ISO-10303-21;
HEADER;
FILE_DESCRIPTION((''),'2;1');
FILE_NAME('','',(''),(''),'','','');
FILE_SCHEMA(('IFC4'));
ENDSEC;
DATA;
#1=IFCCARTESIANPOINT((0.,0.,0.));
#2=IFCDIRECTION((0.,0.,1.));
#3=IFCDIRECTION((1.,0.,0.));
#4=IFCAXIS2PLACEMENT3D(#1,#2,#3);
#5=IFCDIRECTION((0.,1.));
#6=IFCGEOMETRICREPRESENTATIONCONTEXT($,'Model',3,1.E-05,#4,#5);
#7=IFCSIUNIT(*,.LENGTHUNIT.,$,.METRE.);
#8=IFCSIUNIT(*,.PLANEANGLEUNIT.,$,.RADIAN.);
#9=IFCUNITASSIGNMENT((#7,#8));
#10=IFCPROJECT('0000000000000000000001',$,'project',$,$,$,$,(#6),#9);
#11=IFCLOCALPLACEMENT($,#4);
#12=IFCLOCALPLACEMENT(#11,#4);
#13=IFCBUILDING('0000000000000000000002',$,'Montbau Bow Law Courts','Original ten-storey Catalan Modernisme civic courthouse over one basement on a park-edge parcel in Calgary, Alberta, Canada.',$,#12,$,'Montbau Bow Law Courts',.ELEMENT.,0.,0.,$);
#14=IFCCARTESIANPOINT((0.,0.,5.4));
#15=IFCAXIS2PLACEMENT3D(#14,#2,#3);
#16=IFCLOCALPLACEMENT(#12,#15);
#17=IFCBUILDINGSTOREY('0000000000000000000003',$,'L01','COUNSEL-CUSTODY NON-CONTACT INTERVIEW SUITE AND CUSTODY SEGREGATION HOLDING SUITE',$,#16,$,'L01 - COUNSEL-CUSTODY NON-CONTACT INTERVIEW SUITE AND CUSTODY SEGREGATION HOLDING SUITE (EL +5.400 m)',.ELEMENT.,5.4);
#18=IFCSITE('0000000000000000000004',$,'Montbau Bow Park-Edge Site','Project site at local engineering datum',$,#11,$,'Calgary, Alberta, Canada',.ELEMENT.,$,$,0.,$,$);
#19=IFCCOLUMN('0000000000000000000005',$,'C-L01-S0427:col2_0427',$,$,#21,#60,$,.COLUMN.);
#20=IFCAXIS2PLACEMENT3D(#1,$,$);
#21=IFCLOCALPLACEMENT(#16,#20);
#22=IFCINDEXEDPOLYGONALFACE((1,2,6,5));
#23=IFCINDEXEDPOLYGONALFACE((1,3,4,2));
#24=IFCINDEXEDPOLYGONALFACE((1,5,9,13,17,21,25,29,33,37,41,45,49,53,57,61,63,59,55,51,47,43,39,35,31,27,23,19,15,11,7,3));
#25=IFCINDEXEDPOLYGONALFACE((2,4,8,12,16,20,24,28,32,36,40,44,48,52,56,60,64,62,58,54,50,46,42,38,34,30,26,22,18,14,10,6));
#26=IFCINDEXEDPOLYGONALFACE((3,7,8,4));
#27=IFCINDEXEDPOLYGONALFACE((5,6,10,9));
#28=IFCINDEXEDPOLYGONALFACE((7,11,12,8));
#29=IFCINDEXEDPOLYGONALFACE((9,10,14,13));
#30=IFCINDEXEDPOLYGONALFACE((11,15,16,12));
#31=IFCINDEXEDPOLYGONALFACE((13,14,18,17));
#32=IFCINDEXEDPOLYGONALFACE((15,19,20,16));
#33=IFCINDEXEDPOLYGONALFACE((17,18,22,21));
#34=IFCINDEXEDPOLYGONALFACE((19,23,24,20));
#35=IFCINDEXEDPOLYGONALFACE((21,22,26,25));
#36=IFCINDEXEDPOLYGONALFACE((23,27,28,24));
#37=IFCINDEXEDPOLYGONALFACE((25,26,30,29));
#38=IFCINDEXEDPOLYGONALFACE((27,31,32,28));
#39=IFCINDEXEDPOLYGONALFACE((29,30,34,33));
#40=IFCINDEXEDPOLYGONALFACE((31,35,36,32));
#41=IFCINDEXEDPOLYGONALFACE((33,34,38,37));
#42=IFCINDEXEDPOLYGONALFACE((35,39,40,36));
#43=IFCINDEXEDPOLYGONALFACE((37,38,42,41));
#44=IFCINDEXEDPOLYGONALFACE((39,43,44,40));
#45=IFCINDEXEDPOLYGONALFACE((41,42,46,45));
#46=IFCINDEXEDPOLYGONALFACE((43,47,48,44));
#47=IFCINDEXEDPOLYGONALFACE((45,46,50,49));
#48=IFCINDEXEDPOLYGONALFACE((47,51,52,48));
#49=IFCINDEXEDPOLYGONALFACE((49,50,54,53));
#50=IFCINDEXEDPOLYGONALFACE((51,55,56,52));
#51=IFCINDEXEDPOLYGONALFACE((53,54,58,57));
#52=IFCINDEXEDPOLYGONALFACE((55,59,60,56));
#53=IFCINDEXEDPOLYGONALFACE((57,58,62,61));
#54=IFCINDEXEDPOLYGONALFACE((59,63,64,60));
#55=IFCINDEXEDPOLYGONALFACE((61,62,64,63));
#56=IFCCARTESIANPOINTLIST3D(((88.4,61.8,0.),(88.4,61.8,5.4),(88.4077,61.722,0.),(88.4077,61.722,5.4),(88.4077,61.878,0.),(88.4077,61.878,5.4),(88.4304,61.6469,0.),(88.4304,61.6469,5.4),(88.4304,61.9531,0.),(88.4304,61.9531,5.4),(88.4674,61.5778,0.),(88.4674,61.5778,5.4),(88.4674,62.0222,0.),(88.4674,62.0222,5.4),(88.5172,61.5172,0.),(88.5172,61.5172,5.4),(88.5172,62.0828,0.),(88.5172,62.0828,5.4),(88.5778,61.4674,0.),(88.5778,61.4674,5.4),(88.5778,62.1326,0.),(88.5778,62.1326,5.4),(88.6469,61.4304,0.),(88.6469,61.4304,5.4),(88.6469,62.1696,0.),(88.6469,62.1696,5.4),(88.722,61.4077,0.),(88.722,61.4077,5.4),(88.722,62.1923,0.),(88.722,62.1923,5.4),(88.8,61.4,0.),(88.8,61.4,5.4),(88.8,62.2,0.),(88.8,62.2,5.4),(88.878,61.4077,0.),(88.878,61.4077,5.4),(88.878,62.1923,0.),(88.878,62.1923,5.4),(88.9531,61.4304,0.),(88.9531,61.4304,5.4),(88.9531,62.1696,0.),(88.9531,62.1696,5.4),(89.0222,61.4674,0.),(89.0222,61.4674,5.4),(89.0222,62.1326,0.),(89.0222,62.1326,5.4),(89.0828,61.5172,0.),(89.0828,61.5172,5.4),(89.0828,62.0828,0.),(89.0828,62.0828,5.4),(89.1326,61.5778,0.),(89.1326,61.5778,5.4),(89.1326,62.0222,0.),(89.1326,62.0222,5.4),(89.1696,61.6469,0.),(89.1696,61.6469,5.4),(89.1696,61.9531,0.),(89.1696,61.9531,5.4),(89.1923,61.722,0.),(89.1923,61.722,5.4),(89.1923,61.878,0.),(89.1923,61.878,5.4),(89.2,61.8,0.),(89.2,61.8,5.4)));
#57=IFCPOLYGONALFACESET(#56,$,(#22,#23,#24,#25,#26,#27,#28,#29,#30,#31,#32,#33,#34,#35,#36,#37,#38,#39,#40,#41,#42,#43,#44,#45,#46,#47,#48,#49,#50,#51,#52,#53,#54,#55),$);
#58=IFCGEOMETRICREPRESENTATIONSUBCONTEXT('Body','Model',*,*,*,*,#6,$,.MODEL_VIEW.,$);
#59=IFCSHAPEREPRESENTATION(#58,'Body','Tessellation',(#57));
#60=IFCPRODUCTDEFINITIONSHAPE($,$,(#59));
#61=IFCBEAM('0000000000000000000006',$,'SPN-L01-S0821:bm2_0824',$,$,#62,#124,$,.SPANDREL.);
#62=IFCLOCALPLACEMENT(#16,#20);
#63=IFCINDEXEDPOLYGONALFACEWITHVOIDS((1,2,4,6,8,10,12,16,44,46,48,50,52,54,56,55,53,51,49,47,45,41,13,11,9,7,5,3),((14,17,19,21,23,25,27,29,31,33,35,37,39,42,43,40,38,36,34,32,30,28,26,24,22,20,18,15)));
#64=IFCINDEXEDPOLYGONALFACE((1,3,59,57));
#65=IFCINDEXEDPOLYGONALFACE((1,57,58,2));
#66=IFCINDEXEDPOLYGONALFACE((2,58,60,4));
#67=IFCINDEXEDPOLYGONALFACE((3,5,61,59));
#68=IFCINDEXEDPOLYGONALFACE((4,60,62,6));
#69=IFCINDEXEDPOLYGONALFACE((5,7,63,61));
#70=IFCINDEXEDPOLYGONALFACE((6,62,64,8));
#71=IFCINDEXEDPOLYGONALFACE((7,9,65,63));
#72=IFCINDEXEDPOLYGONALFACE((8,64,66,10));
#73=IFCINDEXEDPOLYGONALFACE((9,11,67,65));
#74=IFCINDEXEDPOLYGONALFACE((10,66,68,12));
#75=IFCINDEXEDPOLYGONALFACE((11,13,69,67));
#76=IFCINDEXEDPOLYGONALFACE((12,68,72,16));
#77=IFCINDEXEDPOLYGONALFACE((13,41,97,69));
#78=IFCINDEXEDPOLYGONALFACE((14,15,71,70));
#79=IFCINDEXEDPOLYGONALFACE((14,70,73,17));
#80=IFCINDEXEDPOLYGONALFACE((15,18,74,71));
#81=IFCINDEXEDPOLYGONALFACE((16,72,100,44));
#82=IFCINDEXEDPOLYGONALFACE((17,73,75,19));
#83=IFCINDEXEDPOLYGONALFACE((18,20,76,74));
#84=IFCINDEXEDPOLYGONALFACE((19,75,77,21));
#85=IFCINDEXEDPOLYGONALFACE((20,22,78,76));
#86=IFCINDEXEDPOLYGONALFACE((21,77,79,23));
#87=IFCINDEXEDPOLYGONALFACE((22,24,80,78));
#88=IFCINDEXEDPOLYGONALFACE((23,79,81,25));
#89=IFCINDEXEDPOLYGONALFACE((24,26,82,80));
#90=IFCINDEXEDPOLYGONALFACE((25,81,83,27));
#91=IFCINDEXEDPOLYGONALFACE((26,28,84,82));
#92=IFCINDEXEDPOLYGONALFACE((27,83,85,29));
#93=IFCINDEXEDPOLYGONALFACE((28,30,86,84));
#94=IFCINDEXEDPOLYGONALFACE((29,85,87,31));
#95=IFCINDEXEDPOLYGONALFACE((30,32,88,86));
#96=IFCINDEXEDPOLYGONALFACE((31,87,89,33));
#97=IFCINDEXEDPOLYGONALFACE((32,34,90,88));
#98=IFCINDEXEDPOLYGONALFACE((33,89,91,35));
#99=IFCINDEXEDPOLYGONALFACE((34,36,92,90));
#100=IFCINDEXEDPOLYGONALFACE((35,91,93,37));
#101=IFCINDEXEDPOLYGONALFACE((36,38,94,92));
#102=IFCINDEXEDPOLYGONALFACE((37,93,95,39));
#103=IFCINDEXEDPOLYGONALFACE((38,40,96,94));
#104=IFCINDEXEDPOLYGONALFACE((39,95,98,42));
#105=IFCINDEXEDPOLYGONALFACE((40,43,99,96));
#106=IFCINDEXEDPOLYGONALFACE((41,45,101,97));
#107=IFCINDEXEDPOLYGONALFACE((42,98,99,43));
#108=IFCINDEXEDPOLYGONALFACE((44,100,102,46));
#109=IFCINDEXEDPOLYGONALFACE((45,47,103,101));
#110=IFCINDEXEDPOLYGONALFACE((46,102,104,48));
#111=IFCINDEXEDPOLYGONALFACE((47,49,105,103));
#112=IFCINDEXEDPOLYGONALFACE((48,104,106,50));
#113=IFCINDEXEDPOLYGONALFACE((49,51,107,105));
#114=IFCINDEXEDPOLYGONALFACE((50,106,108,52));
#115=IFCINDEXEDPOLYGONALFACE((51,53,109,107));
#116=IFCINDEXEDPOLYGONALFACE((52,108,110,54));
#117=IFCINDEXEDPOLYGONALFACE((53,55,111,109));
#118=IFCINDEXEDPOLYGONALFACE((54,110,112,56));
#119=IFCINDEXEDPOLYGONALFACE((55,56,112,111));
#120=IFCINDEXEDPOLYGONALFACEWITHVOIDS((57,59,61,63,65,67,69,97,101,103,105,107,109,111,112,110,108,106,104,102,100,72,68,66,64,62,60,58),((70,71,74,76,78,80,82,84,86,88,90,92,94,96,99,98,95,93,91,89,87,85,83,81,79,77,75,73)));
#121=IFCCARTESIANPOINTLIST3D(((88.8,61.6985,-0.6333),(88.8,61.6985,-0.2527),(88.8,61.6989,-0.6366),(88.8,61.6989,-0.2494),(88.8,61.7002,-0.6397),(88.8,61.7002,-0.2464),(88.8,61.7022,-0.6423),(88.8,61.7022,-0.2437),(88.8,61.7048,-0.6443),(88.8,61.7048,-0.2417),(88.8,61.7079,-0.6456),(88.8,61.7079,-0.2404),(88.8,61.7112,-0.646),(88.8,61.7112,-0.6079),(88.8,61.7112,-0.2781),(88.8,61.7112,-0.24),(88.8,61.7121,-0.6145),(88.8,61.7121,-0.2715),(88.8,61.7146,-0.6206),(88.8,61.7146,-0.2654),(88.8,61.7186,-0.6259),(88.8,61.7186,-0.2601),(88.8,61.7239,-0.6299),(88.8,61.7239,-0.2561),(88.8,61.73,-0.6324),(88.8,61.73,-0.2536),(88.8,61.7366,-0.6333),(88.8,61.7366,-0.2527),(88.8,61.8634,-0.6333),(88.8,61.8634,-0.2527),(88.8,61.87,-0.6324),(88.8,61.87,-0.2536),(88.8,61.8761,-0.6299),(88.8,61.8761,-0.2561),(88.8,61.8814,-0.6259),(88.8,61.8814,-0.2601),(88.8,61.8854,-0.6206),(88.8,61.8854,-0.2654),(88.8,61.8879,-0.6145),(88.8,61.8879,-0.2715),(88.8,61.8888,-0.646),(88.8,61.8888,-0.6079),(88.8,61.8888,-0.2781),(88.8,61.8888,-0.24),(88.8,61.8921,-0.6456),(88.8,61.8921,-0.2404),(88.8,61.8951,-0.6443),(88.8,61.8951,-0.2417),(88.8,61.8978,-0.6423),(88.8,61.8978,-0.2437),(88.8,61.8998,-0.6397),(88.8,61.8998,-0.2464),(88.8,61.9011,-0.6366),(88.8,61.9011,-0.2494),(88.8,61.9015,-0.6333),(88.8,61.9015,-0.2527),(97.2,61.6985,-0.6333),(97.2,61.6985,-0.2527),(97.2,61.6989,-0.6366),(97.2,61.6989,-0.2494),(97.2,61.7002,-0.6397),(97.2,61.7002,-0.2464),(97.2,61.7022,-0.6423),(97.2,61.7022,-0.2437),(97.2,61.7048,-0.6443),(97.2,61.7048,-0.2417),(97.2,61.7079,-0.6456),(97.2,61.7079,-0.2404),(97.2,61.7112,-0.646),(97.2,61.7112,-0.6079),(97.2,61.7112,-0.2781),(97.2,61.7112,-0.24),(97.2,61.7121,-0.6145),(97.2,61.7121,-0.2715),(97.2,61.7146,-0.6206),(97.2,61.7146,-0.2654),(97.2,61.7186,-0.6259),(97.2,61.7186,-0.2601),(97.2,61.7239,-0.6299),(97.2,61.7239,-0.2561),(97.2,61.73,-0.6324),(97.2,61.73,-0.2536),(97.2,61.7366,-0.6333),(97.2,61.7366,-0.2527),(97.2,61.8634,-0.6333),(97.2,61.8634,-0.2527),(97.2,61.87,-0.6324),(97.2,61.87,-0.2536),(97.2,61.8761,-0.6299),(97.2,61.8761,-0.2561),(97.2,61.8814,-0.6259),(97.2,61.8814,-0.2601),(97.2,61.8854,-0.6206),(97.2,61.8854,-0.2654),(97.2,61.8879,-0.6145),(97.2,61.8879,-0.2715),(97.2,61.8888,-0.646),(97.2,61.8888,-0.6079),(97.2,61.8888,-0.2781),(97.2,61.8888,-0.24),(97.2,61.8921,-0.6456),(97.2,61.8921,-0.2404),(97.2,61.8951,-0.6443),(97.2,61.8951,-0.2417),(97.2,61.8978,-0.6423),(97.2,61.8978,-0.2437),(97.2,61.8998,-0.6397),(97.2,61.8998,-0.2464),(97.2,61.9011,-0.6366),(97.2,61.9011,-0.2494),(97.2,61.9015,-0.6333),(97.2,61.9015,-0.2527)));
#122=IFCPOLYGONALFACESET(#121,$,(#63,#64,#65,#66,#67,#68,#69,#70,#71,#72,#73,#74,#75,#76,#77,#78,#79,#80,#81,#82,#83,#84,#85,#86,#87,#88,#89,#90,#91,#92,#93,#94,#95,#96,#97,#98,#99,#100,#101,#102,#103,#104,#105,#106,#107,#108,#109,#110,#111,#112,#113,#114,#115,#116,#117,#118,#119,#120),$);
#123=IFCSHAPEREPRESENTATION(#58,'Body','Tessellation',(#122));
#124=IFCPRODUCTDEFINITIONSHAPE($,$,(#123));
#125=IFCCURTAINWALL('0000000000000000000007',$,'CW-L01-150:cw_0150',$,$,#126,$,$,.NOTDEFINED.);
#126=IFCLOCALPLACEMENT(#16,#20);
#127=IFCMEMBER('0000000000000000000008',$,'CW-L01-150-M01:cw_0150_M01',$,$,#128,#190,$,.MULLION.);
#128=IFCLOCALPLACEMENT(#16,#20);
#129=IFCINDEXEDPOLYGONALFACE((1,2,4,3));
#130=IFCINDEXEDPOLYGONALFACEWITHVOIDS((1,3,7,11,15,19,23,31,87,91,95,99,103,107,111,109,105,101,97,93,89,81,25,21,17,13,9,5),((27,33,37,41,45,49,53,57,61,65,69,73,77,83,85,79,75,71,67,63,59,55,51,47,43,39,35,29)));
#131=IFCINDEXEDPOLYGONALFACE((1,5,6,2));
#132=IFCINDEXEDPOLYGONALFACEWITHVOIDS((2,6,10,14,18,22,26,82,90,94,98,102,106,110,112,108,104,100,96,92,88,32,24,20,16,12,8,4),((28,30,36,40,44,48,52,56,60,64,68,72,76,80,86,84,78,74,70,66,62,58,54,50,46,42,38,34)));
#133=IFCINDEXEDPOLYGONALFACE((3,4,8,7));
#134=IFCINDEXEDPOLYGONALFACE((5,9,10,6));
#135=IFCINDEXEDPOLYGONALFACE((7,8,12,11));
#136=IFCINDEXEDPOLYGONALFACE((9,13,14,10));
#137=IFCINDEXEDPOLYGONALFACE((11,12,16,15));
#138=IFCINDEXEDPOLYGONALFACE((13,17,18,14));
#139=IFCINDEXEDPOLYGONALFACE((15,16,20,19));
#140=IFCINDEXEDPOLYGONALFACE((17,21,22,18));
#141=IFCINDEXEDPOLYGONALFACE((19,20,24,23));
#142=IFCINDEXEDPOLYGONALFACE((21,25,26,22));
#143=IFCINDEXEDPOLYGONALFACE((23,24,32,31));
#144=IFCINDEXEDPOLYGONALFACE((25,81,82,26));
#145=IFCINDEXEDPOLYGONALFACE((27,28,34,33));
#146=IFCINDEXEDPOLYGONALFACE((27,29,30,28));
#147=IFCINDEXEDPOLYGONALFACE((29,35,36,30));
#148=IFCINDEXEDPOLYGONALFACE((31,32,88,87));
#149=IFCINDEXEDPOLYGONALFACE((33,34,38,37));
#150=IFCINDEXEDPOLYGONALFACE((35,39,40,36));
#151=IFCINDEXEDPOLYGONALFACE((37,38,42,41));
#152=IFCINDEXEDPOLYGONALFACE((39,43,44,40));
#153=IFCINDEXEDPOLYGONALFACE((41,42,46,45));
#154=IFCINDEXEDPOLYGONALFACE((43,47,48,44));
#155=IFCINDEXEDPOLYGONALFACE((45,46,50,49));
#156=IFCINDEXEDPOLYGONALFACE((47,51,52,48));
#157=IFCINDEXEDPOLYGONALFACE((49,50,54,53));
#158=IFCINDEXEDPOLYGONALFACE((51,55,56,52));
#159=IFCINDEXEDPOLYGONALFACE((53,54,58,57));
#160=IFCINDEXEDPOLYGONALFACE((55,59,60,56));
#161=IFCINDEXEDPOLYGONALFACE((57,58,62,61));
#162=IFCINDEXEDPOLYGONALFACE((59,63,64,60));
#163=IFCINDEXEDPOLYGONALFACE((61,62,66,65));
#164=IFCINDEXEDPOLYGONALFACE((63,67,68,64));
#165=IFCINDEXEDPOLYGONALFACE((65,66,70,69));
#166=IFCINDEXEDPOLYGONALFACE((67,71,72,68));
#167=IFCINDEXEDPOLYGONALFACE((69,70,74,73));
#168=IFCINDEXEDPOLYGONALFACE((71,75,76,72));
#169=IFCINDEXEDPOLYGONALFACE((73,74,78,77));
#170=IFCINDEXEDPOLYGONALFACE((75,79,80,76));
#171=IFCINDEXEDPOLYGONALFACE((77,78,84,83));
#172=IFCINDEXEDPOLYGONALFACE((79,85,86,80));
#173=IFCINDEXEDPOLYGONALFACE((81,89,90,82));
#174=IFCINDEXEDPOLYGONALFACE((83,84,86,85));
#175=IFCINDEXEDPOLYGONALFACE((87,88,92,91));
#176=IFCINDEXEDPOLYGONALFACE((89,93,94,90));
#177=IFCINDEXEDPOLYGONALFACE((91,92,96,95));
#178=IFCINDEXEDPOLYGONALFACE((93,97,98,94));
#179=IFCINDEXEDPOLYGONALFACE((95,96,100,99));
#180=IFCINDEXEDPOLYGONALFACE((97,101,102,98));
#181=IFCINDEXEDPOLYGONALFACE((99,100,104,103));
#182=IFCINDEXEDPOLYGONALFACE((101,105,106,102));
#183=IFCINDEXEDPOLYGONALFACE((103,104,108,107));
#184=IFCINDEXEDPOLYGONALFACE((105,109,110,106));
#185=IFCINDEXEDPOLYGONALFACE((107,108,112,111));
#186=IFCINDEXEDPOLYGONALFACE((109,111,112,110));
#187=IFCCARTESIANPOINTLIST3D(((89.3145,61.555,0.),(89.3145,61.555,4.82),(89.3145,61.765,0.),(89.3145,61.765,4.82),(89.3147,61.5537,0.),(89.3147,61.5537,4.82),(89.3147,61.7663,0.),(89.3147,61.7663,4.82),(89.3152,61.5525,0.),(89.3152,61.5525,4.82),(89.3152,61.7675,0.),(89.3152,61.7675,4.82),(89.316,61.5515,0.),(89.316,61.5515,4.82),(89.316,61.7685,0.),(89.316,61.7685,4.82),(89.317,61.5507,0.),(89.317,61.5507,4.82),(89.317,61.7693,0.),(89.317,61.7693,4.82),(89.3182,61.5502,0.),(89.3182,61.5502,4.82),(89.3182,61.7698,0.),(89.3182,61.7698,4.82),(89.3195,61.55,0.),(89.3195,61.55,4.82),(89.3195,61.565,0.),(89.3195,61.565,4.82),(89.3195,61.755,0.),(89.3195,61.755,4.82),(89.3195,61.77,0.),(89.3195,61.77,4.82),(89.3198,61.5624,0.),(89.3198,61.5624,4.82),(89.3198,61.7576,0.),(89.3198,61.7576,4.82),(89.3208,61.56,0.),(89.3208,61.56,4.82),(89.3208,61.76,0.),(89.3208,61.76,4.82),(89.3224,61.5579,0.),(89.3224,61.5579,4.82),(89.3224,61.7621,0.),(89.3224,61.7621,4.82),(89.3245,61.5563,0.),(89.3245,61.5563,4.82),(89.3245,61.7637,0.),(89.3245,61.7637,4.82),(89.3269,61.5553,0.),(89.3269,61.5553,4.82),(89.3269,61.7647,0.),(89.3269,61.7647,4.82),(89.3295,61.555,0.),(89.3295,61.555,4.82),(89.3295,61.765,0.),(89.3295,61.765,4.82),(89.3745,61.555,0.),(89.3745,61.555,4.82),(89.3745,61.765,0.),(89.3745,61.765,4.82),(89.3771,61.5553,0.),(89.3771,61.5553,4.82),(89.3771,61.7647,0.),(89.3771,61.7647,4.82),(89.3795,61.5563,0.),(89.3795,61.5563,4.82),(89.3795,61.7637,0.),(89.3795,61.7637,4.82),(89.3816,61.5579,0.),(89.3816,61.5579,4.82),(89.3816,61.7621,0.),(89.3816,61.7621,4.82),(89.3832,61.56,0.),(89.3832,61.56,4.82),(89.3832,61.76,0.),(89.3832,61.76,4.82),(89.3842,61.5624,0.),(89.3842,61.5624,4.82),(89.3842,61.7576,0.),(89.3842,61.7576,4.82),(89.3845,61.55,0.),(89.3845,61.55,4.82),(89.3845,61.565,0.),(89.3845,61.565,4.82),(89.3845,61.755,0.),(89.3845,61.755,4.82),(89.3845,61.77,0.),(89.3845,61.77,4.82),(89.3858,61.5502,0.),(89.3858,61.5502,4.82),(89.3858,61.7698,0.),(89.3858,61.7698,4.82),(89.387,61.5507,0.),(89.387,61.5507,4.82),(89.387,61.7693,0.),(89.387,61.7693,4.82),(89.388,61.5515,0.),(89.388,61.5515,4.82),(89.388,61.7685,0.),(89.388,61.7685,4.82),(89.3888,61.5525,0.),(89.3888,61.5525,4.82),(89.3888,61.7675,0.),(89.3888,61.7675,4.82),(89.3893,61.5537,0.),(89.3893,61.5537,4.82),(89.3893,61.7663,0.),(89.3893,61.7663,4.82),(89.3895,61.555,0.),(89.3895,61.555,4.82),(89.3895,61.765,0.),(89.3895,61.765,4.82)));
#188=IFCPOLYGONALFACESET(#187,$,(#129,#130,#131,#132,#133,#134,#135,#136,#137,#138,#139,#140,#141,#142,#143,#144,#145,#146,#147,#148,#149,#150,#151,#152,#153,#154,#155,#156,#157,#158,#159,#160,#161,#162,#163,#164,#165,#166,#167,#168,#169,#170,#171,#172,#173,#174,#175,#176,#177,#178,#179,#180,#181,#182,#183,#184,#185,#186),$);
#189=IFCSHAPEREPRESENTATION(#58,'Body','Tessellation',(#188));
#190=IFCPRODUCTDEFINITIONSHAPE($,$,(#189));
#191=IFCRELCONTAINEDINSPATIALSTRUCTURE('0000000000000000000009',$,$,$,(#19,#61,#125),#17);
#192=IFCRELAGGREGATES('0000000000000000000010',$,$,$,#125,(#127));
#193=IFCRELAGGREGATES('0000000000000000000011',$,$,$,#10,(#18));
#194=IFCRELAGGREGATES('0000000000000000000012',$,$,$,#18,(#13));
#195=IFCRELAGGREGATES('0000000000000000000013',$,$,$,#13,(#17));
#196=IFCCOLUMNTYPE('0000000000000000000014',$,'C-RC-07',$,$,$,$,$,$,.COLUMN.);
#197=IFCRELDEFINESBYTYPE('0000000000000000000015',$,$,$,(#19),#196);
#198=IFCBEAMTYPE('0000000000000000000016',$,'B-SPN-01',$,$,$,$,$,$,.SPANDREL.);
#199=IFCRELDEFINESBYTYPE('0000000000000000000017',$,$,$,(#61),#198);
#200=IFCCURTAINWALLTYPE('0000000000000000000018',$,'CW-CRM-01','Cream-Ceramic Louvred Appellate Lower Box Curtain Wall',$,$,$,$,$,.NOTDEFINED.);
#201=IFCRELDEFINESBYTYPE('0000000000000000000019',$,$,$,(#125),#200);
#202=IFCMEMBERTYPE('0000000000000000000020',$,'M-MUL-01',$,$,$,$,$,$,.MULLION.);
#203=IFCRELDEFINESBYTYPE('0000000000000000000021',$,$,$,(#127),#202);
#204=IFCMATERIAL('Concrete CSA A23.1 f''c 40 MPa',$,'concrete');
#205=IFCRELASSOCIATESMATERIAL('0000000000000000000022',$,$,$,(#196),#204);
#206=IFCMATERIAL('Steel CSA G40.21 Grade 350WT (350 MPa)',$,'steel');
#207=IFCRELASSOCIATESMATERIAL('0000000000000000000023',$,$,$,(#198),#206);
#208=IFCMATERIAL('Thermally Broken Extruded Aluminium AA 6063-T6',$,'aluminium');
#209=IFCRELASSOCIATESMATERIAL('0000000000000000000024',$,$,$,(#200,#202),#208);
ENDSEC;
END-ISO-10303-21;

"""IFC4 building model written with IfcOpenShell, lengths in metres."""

from ifc_helpers import new_model, si_unit, direction, frame, origin_with_axes, origin_2d_with_axis, place, context, subcontext, project, spatial, hollow_rectangle, circle, extrude, material, material_profile, profile_set, type_object, element, aggregate, save


model = new_model("IFC4")

# Units and contexts
model_context = context("Model", 3, precision=1e-05, world=origin_with_axes(), true_north=direction((0.0, 1.0)))
body_context = subcontext(model_context, "Body", "Model", "MODEL_VIEW")
ifc_project = project(units=[si_unit("LENGTHUNIT", "METRE"), si_unit("PLANEANGLEUNIT", "RADIAN")], contexts=[model_context])

# Site, building, storey
site_placement = place(None, origin_with_axes())
site = spatial("IfcSite", under=ifc_project, at=site_placement, Name="Montbau Bow Park-Edge Site", Description="Project site at local engineering datum", LongName="Calgary, Alberta, Canada", CompositionType="ELEMENT", RefElevation=0.0)
building_placement = place(site_placement, origin_with_axes())
building = spatial("IfcBuilding", under=site, at=building_placement, Name="Montbau Bow Law Courts", Description="Original ten-storey Catalan Modernisme civic courthouse over one basement on a park-edge parcel in Calgary, Alberta, Canada.", LongName="Montbau Bow Law Courts", CompositionType="ELEMENT", ElevationOfRefHeight=0.0, ElevationOfTerrain=0.0)
storey_placement = place(building_placement, frame((0.0, 0.0, 5.4), z_axis=(0.0, 0.0, 1.0), x_axis=(1.0, 0.0, 0.0)))
storey = spatial("IfcBuildingStorey", under=building, at=storey_placement, Name="L01", Description="COUNSEL-CUSTODY NON-CONTACT INTERVIEW SUITE AND CUSTODY SEGREGATION HOLDING SUITE", LongName="L01 - COUNSEL-CUSTODY NON-CONTACT INTERVIEW SUITE AND CUSTODY SEGREGATION HOLDING SUITE (EL +5.400 m)", CompositionType="ELEMENT", Elevation=5.4)

# Column
ifc_material_1 = material(Name="Concrete CSA A23.1 f'c 40 MPa", Category="concrete")
ifc_material_profile_1 = material_profile(ifc_material_1, circle(Radius=0.4, at=origin_2d_with_axis()), Name="RC800D", Category="Main", Priority=0)
ifc_profile_set_1 = profile_set([ifc_material_profile_1], Name="Concrete CSA A23.1 f'c 40 MPa")
column_type = type_object("IfcColumnType", Name="C-RC-07", PredefinedType="COLUMN", material=ifc_profile_set_1)
column_placement = place(None, frame((88.8, 61.8, 5.4), z_axis=(0.0, 0.0, 1.0), x_axis=(1.0, 0.0, 0.0)))
element("IfcColumn", 1, at=column_placement, inside=storey, type_object=column_type, Name="C-L01-S0427:col2_0427", PredefinedType="COLUMN", context=body_context, shape_type="SweptSolid", body=[
    extrude(circle(Radius=0.4, at=origin_2d_with_axis()), origin_with_axes(), (0.0, 0.0, 1.0), 5.4),
])

# Beam
ifc_material_2 = material(Name="Steel CSA G40.21 Grade 350WT (350 MPa)", Category="steel")
ifc_material_profile_2 = material_profile(ifc_material_2, hollow_rectangle(XDim=0.203, YDim=0.406, WallThickness=0.0127, InnerFilletRadius=0.0254, OuterFilletRadius=0.0127, at=origin_2d_with_axis()), Name="HSS406X203X13", Category="Main", Priority=0)
ifc_profile_set_2 = profile_set([ifc_material_profile_2], Name="Steel CSA G40.21 Grade 350WT (350 MPa)")
beam_type = type_object("IfcBeamType", Name="B-SPN-01", PredefinedType="SPANDREL", material=ifc_profile_set_2)
beam_placement = place(None, frame((88.8, 61.8, 4.957), z_axis=(1.0, 0.0, 0.0), x_axis=(0.0, 1.0, 0.0)))
element("IfcBeam", 2, at=beam_placement, inside=storey, type_object=beam_type, Name="SPN-L01-S0821:bm2_0824", PredefinedType="SPANDREL", context=body_context, shape_type="SweptSolid", body=[
    extrude(hollow_rectangle(XDim=0.203, YDim=0.406, WallThickness=0.0127, InnerFilletRadius=0.0254, OuterFilletRadius=0.0127, at=origin_2d_with_axis()), origin_with_axes(), (0.0, 0.0, 1.0), 8.4),
])

# Curtain wall, member
ifc_material_3 = material(Name="Thermally Broken Extruded Aluminium AA 6063-T6", Category="aluminium")
curtain_wall_type = type_object("IfcCurtainWallType", Name="CW-CRM-01", Description="Cream-Ceramic Louvred Appellate Lower Box Curtain Wall", PredefinedType="NOTDEFINED", material=ifc_material_3)
curtain_wall_1_placement = place(None, frame((89.315, 61.66, 5.4), z_axis=(0.0, 0.0, 1.0), x_axis=(1.0, 0.0, 0.0)))
curtain_wall_1 = element("IfcCurtainWall", 3, at=curtain_wall_1_placement, inside=storey, type_object=curtain_wall_type, Name="CW-L01-150:cw_0150", PredefinedType="NOTDEFINED")
ifc_material_profile_3 = material_profile(ifc_material_3, hollow_rectangle(XDim=0.075, YDim=0.22, WallThickness=0.005, InnerFilletRadius=0.01, OuterFilletRadius=0.005, at=origin_2d_with_axis()), Name="CWM-220X75", Category="Main", Priority=0)
ifc_profile_set_3 = profile_set([ifc_material_profile_3], Name="Thermally Broken Extruded Aluminium AA 6063-T6")
member_type_1 = type_object("IfcMemberType", Name="M-MUL-01", PredefinedType="MULLION", material=ifc_profile_set_3)
member_1_placement = place(None, frame((89.352, 61.66, 5.4), z_axis=(0.0, 0.0, 1.0), x_axis=(1.0, 0.0, 0.0)))
member_1 = element("IfcMember", 4, at=member_1_placement, type_object=member_type_1, Name="CW-L01-150-M01:cw_0150_M01", PredefinedType="MULLION", context=body_context, shape_type="SweptSolid", body=[
    extrude(hollow_rectangle(XDim=0.075, YDim=0.22, WallThickness=0.005, InnerFilletRadius=0.01, OuterFilletRadius=0.005, at=origin_2d_with_axis()), origin_with_axes(), (0.0, 0.0, 1.0), 4.82),
])

aggregate(curtain_wall_1, [member_1])

save(model, "model.ifc")
